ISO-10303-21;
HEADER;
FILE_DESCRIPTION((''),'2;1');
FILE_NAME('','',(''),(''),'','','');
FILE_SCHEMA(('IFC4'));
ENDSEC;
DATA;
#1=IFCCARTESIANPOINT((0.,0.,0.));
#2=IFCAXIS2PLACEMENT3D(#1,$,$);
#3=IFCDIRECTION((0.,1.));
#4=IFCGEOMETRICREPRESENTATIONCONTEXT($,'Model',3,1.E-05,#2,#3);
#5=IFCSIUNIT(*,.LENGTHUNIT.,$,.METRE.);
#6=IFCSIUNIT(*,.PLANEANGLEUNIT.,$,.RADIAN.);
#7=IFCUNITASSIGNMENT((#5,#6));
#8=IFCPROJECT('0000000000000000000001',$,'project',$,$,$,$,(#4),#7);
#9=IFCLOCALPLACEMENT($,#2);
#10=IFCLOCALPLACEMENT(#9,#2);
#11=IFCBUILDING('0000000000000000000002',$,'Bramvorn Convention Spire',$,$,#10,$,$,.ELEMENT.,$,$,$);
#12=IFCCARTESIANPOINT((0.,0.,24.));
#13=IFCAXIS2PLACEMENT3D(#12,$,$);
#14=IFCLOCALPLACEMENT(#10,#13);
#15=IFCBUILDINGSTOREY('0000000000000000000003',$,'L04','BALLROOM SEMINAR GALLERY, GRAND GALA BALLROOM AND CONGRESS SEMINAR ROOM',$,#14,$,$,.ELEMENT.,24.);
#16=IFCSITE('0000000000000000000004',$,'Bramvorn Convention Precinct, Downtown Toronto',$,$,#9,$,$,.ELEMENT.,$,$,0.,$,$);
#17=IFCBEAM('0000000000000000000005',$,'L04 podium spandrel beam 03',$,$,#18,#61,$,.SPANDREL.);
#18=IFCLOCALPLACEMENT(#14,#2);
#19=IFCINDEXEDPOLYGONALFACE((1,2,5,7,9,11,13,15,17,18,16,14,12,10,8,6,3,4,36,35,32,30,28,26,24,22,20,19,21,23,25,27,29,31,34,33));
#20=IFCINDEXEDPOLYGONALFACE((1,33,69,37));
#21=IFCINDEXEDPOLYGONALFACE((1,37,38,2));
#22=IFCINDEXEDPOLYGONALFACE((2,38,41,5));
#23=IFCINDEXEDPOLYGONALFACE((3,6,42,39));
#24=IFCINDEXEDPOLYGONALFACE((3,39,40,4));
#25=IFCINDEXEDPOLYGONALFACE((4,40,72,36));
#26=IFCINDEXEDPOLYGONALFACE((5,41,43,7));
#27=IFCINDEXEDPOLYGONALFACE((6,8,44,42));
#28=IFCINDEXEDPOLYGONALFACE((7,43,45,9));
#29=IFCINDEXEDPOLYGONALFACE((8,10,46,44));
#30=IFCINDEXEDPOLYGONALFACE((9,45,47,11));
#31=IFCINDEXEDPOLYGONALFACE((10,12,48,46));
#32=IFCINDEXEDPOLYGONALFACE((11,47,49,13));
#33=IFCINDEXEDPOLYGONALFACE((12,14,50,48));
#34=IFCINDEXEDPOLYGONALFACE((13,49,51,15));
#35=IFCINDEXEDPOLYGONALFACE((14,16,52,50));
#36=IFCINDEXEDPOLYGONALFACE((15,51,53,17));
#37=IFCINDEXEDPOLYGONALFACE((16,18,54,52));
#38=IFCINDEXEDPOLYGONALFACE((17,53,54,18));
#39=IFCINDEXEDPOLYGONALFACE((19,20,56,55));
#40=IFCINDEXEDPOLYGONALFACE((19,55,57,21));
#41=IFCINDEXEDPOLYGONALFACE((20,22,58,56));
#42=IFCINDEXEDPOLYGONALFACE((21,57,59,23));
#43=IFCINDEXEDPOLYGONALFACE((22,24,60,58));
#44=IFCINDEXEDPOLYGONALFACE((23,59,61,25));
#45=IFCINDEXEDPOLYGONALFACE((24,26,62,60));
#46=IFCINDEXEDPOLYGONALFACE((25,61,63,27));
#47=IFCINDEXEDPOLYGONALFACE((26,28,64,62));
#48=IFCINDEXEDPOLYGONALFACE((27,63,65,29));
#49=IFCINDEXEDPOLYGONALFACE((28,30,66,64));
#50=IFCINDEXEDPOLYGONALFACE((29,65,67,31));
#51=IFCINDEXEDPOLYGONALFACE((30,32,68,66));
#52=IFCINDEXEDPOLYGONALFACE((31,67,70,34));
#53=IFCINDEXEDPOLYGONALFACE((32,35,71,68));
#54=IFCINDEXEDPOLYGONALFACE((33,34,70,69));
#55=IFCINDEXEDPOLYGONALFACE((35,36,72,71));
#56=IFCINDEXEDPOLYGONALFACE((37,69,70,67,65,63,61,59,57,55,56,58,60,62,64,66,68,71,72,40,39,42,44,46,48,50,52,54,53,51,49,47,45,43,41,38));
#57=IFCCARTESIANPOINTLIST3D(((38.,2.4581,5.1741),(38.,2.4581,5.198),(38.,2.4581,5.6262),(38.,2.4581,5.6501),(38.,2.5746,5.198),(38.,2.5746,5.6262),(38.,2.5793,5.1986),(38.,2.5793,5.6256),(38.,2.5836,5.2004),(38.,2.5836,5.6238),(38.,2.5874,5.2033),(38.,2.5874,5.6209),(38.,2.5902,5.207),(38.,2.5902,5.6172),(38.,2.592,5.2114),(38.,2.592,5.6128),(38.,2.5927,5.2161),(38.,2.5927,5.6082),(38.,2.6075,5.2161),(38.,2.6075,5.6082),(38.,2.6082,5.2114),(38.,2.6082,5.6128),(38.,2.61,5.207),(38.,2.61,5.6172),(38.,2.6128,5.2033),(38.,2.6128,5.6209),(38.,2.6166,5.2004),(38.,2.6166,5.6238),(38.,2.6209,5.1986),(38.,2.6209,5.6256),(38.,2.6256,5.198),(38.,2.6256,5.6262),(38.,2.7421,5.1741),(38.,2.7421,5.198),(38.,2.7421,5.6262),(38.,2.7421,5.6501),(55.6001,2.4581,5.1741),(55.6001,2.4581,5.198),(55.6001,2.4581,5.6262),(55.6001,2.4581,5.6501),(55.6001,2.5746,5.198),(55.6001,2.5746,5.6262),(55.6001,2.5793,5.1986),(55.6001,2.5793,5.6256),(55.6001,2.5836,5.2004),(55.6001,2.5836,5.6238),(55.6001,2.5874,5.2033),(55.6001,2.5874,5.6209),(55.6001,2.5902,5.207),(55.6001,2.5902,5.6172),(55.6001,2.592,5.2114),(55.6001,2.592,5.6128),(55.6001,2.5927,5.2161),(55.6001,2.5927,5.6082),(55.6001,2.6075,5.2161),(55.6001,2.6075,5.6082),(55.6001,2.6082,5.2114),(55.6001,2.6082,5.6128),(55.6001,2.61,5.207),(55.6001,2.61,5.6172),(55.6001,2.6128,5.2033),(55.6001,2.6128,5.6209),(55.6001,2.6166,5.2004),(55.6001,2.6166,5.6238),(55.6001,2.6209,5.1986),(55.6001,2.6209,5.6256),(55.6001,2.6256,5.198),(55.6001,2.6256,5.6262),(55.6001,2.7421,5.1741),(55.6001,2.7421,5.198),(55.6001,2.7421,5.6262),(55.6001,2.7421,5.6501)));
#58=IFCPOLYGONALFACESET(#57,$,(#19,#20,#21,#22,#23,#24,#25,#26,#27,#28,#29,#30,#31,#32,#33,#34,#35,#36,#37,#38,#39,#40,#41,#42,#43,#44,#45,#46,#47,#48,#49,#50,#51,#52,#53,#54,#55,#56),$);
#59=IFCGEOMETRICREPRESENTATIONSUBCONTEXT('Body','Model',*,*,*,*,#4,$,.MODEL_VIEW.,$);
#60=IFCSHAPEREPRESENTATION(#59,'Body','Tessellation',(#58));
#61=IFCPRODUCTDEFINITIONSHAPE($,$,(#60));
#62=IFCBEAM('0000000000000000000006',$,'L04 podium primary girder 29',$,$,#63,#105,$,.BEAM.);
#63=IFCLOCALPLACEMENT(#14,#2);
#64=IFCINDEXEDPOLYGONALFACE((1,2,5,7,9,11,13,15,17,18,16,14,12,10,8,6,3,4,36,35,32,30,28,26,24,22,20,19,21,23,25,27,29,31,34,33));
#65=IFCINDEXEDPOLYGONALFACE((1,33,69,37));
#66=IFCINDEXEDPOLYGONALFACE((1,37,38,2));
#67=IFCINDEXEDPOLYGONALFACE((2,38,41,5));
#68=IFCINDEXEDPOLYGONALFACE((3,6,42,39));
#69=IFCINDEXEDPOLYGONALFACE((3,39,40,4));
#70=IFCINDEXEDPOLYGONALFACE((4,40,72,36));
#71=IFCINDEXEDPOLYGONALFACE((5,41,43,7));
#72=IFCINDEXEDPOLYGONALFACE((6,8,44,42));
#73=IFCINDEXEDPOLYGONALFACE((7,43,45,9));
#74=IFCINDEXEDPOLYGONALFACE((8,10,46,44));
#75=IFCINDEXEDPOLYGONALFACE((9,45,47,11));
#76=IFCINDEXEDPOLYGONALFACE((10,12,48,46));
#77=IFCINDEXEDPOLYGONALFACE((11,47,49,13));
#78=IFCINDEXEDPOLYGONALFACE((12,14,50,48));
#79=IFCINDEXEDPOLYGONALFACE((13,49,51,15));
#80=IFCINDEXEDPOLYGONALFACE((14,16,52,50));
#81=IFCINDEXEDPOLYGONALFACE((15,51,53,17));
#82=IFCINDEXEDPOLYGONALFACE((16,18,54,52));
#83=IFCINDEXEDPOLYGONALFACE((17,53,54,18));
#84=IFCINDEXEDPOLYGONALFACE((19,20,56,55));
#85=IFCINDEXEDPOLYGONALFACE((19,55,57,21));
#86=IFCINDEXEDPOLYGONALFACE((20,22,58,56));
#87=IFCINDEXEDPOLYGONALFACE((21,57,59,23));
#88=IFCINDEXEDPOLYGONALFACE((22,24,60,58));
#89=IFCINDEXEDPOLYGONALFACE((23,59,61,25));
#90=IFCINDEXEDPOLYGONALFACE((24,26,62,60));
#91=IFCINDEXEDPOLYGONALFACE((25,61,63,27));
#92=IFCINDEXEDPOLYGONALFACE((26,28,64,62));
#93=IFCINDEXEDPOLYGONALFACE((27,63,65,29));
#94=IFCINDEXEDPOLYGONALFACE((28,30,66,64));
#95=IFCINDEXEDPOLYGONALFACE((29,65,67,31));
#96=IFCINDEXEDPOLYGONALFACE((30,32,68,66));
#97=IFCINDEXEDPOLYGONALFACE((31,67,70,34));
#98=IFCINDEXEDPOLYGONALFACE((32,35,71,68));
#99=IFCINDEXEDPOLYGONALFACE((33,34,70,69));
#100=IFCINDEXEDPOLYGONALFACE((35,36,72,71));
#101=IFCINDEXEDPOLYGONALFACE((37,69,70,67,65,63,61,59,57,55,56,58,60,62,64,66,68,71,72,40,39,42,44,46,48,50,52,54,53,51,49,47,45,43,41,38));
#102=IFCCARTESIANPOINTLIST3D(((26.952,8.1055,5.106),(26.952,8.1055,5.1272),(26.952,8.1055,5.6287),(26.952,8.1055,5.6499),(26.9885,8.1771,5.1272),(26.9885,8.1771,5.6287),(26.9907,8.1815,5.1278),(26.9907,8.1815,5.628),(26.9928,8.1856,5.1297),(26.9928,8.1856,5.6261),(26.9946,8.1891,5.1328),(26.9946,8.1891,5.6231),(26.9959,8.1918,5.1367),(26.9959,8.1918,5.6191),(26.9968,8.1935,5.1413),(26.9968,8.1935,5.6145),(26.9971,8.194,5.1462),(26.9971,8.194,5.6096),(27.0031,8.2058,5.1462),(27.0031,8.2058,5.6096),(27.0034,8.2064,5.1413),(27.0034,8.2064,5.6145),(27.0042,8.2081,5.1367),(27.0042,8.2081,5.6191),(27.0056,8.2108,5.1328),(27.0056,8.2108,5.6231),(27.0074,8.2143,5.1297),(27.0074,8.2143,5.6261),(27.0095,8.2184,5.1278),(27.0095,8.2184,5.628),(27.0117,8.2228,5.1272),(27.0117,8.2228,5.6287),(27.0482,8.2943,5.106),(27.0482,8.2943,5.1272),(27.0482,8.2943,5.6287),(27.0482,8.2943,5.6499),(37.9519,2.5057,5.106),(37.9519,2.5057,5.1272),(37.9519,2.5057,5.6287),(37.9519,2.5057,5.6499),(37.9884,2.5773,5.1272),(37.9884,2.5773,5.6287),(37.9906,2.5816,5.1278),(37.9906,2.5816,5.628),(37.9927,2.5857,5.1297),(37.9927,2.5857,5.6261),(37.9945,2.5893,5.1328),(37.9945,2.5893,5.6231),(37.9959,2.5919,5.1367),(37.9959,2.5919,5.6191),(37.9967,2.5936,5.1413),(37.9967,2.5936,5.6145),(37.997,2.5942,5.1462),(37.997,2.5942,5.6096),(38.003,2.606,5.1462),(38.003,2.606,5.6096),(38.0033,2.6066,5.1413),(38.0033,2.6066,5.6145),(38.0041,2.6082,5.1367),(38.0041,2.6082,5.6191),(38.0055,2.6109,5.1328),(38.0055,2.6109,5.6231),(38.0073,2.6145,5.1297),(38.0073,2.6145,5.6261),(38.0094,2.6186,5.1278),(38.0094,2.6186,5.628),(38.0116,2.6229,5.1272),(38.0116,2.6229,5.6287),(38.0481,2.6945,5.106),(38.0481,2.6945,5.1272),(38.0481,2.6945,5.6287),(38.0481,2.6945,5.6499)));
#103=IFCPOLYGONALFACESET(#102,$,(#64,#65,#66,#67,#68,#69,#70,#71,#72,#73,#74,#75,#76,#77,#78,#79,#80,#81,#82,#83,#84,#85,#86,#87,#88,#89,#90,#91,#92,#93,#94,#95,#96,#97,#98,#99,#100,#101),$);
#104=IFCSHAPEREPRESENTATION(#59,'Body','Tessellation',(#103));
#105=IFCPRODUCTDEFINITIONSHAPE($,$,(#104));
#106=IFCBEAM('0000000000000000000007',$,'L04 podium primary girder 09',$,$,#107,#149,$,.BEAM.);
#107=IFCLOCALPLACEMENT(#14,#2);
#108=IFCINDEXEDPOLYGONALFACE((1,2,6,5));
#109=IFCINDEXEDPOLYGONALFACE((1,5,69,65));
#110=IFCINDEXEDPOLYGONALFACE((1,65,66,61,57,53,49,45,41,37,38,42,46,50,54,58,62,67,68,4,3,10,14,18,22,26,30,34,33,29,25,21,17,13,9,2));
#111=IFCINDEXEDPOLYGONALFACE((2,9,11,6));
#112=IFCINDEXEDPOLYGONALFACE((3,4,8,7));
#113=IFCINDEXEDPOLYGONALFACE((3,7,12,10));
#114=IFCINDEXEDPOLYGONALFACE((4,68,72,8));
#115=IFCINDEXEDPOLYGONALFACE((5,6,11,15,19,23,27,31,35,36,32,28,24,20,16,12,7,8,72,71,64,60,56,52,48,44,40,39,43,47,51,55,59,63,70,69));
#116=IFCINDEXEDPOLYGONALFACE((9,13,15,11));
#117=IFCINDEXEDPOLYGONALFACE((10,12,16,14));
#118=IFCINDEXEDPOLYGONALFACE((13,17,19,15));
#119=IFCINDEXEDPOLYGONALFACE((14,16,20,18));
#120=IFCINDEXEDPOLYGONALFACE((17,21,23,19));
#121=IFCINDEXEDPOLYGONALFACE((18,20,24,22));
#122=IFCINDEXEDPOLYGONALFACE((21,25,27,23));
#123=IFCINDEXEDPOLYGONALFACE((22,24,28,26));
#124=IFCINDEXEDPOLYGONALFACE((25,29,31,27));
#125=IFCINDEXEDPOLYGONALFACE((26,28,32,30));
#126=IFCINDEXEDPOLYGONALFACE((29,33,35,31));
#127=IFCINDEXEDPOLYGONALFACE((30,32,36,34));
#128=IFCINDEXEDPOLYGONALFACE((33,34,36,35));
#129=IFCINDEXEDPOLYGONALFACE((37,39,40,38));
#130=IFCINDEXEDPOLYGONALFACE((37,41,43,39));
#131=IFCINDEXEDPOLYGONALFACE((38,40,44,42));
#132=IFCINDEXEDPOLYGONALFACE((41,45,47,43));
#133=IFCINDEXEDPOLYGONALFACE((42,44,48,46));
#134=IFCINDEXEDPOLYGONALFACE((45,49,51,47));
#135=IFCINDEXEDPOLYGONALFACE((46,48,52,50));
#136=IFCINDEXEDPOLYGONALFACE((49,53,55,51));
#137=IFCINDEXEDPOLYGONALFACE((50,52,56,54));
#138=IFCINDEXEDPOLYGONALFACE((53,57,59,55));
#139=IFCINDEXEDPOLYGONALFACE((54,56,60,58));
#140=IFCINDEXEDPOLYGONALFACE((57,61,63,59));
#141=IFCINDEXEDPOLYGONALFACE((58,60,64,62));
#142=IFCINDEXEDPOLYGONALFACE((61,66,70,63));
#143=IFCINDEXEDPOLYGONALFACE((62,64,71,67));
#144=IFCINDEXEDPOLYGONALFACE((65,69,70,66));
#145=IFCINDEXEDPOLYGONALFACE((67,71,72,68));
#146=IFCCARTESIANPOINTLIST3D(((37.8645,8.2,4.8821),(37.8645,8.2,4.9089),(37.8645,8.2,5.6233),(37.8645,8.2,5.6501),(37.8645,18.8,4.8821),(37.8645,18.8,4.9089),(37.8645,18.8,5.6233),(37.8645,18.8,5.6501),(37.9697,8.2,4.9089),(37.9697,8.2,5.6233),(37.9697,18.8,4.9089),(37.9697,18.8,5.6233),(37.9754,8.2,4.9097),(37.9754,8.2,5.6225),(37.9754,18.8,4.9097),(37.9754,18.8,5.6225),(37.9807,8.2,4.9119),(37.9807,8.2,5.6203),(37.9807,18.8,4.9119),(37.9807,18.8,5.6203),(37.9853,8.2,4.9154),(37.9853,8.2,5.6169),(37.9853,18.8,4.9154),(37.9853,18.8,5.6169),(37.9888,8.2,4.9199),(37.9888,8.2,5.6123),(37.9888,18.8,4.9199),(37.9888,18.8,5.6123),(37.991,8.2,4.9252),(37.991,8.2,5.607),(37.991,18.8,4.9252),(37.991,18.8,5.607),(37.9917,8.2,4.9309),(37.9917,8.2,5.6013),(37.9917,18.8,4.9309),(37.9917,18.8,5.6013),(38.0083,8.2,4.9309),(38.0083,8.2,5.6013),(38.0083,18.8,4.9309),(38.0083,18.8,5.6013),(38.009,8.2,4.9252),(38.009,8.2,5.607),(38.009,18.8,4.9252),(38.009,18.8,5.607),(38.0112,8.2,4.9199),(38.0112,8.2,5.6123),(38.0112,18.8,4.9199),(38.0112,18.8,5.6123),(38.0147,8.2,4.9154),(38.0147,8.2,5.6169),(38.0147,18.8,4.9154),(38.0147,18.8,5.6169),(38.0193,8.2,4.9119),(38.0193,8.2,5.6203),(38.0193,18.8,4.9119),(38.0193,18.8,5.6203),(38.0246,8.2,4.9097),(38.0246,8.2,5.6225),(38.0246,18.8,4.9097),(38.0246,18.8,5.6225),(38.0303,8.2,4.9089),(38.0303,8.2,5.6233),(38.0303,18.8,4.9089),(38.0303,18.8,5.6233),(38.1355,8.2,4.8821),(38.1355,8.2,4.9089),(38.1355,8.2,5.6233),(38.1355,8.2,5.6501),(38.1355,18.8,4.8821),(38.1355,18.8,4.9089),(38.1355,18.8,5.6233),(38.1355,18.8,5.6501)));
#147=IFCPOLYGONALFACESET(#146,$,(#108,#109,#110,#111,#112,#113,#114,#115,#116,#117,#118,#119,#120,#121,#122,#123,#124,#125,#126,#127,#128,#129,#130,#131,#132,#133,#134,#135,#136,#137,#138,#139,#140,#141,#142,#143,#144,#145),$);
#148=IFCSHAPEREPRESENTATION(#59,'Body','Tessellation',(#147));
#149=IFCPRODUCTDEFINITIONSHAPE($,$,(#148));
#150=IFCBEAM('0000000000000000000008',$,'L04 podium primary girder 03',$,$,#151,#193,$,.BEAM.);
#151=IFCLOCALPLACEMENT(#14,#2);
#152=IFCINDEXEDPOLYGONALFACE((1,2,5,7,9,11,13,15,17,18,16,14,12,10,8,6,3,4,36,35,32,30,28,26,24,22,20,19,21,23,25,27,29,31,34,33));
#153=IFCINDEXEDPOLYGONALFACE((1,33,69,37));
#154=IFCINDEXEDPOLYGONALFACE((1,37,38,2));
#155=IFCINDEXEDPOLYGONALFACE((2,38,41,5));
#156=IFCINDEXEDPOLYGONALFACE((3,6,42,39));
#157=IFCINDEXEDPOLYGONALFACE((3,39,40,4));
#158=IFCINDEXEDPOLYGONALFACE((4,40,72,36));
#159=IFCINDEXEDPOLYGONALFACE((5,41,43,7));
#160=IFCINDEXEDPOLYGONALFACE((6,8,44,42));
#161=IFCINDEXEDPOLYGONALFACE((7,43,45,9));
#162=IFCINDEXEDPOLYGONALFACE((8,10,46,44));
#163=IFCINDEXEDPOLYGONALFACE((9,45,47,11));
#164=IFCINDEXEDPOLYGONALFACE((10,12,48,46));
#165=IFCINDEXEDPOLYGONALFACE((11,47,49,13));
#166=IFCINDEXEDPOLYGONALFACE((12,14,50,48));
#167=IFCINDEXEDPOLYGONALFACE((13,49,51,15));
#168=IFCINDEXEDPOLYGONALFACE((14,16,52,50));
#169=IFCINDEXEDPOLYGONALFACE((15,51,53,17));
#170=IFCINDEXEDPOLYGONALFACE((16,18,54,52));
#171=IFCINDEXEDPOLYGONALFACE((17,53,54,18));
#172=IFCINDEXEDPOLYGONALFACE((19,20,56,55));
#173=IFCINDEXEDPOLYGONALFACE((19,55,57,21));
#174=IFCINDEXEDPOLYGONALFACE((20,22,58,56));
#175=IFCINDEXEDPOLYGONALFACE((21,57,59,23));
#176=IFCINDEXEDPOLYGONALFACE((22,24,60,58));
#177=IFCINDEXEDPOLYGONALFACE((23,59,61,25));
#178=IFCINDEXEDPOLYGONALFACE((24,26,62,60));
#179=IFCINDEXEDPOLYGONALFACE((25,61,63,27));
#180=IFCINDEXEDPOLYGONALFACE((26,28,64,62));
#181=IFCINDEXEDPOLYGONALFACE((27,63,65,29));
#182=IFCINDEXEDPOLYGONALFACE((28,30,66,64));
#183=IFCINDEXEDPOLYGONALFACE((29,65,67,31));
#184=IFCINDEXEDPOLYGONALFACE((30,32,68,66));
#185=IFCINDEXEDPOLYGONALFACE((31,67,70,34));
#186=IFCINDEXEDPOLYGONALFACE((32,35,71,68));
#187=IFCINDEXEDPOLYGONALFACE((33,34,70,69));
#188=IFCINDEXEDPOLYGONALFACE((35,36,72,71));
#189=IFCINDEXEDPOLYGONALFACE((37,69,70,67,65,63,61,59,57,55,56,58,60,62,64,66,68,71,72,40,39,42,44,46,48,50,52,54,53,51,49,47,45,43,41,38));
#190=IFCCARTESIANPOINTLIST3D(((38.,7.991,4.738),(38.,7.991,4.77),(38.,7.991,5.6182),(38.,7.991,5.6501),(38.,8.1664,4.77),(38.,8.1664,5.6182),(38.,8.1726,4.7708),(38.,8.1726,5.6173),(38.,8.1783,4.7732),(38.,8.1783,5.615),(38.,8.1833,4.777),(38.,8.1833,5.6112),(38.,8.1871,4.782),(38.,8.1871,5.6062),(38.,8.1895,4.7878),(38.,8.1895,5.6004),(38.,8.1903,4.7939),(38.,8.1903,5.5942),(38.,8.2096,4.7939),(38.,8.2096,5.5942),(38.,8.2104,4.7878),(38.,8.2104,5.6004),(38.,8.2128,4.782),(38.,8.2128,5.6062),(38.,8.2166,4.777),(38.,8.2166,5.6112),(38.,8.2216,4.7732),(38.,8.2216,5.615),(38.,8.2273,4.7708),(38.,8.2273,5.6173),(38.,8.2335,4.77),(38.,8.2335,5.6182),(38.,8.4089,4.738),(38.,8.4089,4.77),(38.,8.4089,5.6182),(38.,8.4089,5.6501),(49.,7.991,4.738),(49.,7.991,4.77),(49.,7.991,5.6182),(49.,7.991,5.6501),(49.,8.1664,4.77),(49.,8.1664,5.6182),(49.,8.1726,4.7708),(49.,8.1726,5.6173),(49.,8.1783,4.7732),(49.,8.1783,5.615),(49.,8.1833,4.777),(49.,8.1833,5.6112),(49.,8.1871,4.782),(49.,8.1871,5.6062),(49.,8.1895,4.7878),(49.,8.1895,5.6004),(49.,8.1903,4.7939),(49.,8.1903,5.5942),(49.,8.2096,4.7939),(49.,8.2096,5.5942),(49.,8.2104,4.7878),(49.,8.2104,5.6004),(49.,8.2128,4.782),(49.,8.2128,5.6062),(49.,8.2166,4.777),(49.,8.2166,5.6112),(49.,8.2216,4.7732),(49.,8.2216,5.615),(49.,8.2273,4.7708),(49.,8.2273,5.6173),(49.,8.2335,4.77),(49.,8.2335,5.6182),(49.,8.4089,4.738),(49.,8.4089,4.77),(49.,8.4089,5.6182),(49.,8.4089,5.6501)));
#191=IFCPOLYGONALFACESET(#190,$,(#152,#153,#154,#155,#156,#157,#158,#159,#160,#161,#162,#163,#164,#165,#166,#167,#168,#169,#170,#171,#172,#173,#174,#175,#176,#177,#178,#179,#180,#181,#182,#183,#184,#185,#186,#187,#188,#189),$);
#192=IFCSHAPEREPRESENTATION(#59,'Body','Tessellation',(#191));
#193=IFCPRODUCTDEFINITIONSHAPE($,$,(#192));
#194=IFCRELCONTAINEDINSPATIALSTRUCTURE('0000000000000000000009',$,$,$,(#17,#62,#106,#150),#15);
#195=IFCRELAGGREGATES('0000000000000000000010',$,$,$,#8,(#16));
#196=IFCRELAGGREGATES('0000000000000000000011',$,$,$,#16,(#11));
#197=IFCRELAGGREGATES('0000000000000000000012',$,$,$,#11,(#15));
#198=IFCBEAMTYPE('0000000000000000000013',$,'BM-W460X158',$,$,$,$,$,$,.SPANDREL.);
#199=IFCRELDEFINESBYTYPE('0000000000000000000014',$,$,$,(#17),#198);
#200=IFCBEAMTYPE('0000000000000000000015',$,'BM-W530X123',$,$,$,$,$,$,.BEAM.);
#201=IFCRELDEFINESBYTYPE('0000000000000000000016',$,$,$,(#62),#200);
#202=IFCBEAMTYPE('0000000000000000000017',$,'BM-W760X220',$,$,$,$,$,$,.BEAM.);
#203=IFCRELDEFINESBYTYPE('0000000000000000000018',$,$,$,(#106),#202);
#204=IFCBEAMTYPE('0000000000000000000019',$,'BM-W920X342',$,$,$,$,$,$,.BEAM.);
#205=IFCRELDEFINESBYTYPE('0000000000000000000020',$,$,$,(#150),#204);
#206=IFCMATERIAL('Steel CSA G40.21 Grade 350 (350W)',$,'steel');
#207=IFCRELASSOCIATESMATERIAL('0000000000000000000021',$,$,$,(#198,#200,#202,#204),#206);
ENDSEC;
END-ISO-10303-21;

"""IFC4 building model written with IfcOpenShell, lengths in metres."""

from ifc_helpers import new_model, si_unit, direction, frame, origin, origin_2d, place, context, subcontext, project, spatial, i_section, extrude, material, material_profile, profile_set, type_object, element, save


model = new_model("IFC4")

# Units and contexts
model_context = context("Model", 3, precision=1e-05, world=origin(), true_north=direction((0.0, 1.0)))
body_context = subcontext(model_context, "Body", "Model", "MODEL_VIEW")
ifc_project = project(units=[si_unit("LENGTHUNIT", "METRE"), si_unit("PLANEANGLEUNIT", "RADIAN")], contexts=[model_context])

# Site, building, storey
site_placement = place(None, origin())
site = spatial("IfcSite", under=ifc_project, at=site_placement, Name="Bramvorn Convention Precinct, Downtown Toronto", CompositionType="ELEMENT", RefElevation=0.0)
building_placement = place(site_placement, origin())
building = spatial("IfcBuilding", under=site, at=building_placement, Name="Bramvorn Convention Spire", CompositionType="ELEMENT")
storey_placement = place(building_placement, frame((0.0, 0.0, 24.0)))
storey = spatial("IfcBuildingStorey", under=building, at=storey_placement, Name="L04", Description="BALLROOM SEMINAR GALLERY, GRAND GALA BALLROOM AND CONGRESS SEMINAR ROOM", CompositionType="ELEMENT", Elevation=24.0)

# Shared definitions
ifc_material_1 = material(Name="Steel CSA G40.21 Grade 350 (350W)", Category="steel")

# Beams
ifc_material_profile_1 = material_profile(ifc_material_1, i_section(OverallWidth=0.2839, OverallDepth=0.4761, WebThickness=0.0149, FlangeThickness=0.0239, FilletRadius=0.0181, at=origin_2d()))
ifc_profile_set_1 = profile_set([ifc_material_profile_1], Name="Steel CSA G40.21 Grade 350 (350W) - W460X158")
beam_type_1 = type_object("IfcBeamType", Name="BM-W460X158", PredefinedType="SPANDREL", material=ifc_profile_set_1)
beam_1_placement = place(storey_placement, frame((38.0, 2.6001, 5.4121), z_axis=(1.0, 0.0, 0.0), x_axis=(0.0, 1.0, 0.0)))
element("IfcBeam", 1, at=beam_1_placement, inside=storey, type_object=beam_type_1, Name="L04 podium spandrel beam 03", PredefinedType="SPANDREL", context=body_context, shape_type="SweptSolid", body=[
    extrude(i_section(OverallWidth=0.2839, OverallDepth=0.4761, WebThickness=0.0149, FlangeThickness=0.0239, FilletRadius=0.0181, at=origin_2d()), origin(), (0.0, 0.0, 1.0), 17.6001),
])
ifc_material_profile_2 = material_profile(ifc_material_1, i_section(OverallWidth=0.2119, OverallDepth=0.5439, WebThickness=0.0132, FlangeThickness=0.0212, FilletRadius=0.019, at=origin_2d()))
ifc_profile_set_2 = profile_set([ifc_material_profile_2], Name="Steel CSA G40.21 Grade 350 (350W) - W530X123")
beam_type_2 = type_object("IfcBeamType", Name="BM-W530X123", PredefinedType="BEAM", material=ifc_profile_set_2)
beam_2_placement = place(storey_placement, frame((38.0, 2.6001, 5.3779), z_axis=(-0.891168, 0.453674, 0.0), x_axis=(-0.453674, -0.891168, 0.0)))
element("IfcBeam", 2, at=beam_2_placement, inside=storey, type_object=beam_type_2, Name="L04 podium primary girder 29", PredefinedType="BEAM", context=body_context, shape_type="SweptSolid", body=[
    extrude(i_section(OverallWidth=0.2119, OverallDepth=0.5439, WebThickness=0.0132, FlangeThickness=0.0212, FilletRadius=0.019, at=origin_2d()), origin(), (0.0, 0.0, 1.0), 12.3433),
])
ifc_material_profile_3 = material_profile(ifc_material_1, i_section(OverallWidth=0.271, OverallDepth=0.7681, WebThickness=0.0166, FlangeThickness=0.0269, FilletRadius=0.022, at=origin_2d()))
ifc_profile_set_3 = profile_set([ifc_material_profile_3], Name="Steel CSA G40.21 Grade 350 (350W) - W760X220")
beam_type_3 = type_object("IfcBeamType", Name="BM-W760X220", PredefinedType="BEAM", material=ifc_profile_set_3)
beam_3_placement = place(storey_placement, frame((38.0, 8.2, 5.2661), z_axis=(0.0, 1.0, 0.0), x_axis=(-1.0, 0.0, 0.0)))
element("IfcBeam", 3, at=beam_3_placement, inside=storey, type_object=beam_type_3, Name="L04 podium primary girder 09", PredefinedType="BEAM", context=body_context, shape_type="SweptSolid", body=[
    extrude(i_section(OverallWidth=0.271, OverallDepth=0.7681, WebThickness=0.0166, FlangeThickness=0.0269, FilletRadius=0.022, at=origin_2d()), origin(), (0.0, 0.0, 1.0), 10.6001),
])
ifc_material_profile_4 = material_profile(ifc_material_1, i_section(OverallWidth=0.418, OverallDepth=0.9121, WebThickness=0.0193, FlangeThickness=0.032, FilletRadius=0.0239, at=origin_2d()))
ifc_profile_set_4 = profile_set([ifc_material_profile_4], Name="Steel CSA G40.21 Grade 350 (350W) - W920X342")
beam_type_4 = type_object("IfcBeamType", Name="BM-W920X342", PredefinedType="BEAM", material=ifc_profile_set_4)
beam_4_placement = place(storey_placement, frame((38.0, 8.2, 5.1941), z_axis=(1.0, 0.0, 0.0), x_axis=(0.0, 1.0, 0.0)))
element("IfcBeam", 4, at=beam_4_placement, inside=storey, type_object=beam_type_4, Name="L04 podium primary girder 03", PredefinedType="BEAM", context=body_context, shape_type="SweptSolid", body=[
    extrude(i_section(OverallWidth=0.418, OverallDepth=0.9121, WebThickness=0.0193, FlangeThickness=0.032, FilletRadius=0.0239, at=origin_2d()), origin(), (0.0, 0.0, 1.0), 11.0),
])

save(model, "model.ifc")
